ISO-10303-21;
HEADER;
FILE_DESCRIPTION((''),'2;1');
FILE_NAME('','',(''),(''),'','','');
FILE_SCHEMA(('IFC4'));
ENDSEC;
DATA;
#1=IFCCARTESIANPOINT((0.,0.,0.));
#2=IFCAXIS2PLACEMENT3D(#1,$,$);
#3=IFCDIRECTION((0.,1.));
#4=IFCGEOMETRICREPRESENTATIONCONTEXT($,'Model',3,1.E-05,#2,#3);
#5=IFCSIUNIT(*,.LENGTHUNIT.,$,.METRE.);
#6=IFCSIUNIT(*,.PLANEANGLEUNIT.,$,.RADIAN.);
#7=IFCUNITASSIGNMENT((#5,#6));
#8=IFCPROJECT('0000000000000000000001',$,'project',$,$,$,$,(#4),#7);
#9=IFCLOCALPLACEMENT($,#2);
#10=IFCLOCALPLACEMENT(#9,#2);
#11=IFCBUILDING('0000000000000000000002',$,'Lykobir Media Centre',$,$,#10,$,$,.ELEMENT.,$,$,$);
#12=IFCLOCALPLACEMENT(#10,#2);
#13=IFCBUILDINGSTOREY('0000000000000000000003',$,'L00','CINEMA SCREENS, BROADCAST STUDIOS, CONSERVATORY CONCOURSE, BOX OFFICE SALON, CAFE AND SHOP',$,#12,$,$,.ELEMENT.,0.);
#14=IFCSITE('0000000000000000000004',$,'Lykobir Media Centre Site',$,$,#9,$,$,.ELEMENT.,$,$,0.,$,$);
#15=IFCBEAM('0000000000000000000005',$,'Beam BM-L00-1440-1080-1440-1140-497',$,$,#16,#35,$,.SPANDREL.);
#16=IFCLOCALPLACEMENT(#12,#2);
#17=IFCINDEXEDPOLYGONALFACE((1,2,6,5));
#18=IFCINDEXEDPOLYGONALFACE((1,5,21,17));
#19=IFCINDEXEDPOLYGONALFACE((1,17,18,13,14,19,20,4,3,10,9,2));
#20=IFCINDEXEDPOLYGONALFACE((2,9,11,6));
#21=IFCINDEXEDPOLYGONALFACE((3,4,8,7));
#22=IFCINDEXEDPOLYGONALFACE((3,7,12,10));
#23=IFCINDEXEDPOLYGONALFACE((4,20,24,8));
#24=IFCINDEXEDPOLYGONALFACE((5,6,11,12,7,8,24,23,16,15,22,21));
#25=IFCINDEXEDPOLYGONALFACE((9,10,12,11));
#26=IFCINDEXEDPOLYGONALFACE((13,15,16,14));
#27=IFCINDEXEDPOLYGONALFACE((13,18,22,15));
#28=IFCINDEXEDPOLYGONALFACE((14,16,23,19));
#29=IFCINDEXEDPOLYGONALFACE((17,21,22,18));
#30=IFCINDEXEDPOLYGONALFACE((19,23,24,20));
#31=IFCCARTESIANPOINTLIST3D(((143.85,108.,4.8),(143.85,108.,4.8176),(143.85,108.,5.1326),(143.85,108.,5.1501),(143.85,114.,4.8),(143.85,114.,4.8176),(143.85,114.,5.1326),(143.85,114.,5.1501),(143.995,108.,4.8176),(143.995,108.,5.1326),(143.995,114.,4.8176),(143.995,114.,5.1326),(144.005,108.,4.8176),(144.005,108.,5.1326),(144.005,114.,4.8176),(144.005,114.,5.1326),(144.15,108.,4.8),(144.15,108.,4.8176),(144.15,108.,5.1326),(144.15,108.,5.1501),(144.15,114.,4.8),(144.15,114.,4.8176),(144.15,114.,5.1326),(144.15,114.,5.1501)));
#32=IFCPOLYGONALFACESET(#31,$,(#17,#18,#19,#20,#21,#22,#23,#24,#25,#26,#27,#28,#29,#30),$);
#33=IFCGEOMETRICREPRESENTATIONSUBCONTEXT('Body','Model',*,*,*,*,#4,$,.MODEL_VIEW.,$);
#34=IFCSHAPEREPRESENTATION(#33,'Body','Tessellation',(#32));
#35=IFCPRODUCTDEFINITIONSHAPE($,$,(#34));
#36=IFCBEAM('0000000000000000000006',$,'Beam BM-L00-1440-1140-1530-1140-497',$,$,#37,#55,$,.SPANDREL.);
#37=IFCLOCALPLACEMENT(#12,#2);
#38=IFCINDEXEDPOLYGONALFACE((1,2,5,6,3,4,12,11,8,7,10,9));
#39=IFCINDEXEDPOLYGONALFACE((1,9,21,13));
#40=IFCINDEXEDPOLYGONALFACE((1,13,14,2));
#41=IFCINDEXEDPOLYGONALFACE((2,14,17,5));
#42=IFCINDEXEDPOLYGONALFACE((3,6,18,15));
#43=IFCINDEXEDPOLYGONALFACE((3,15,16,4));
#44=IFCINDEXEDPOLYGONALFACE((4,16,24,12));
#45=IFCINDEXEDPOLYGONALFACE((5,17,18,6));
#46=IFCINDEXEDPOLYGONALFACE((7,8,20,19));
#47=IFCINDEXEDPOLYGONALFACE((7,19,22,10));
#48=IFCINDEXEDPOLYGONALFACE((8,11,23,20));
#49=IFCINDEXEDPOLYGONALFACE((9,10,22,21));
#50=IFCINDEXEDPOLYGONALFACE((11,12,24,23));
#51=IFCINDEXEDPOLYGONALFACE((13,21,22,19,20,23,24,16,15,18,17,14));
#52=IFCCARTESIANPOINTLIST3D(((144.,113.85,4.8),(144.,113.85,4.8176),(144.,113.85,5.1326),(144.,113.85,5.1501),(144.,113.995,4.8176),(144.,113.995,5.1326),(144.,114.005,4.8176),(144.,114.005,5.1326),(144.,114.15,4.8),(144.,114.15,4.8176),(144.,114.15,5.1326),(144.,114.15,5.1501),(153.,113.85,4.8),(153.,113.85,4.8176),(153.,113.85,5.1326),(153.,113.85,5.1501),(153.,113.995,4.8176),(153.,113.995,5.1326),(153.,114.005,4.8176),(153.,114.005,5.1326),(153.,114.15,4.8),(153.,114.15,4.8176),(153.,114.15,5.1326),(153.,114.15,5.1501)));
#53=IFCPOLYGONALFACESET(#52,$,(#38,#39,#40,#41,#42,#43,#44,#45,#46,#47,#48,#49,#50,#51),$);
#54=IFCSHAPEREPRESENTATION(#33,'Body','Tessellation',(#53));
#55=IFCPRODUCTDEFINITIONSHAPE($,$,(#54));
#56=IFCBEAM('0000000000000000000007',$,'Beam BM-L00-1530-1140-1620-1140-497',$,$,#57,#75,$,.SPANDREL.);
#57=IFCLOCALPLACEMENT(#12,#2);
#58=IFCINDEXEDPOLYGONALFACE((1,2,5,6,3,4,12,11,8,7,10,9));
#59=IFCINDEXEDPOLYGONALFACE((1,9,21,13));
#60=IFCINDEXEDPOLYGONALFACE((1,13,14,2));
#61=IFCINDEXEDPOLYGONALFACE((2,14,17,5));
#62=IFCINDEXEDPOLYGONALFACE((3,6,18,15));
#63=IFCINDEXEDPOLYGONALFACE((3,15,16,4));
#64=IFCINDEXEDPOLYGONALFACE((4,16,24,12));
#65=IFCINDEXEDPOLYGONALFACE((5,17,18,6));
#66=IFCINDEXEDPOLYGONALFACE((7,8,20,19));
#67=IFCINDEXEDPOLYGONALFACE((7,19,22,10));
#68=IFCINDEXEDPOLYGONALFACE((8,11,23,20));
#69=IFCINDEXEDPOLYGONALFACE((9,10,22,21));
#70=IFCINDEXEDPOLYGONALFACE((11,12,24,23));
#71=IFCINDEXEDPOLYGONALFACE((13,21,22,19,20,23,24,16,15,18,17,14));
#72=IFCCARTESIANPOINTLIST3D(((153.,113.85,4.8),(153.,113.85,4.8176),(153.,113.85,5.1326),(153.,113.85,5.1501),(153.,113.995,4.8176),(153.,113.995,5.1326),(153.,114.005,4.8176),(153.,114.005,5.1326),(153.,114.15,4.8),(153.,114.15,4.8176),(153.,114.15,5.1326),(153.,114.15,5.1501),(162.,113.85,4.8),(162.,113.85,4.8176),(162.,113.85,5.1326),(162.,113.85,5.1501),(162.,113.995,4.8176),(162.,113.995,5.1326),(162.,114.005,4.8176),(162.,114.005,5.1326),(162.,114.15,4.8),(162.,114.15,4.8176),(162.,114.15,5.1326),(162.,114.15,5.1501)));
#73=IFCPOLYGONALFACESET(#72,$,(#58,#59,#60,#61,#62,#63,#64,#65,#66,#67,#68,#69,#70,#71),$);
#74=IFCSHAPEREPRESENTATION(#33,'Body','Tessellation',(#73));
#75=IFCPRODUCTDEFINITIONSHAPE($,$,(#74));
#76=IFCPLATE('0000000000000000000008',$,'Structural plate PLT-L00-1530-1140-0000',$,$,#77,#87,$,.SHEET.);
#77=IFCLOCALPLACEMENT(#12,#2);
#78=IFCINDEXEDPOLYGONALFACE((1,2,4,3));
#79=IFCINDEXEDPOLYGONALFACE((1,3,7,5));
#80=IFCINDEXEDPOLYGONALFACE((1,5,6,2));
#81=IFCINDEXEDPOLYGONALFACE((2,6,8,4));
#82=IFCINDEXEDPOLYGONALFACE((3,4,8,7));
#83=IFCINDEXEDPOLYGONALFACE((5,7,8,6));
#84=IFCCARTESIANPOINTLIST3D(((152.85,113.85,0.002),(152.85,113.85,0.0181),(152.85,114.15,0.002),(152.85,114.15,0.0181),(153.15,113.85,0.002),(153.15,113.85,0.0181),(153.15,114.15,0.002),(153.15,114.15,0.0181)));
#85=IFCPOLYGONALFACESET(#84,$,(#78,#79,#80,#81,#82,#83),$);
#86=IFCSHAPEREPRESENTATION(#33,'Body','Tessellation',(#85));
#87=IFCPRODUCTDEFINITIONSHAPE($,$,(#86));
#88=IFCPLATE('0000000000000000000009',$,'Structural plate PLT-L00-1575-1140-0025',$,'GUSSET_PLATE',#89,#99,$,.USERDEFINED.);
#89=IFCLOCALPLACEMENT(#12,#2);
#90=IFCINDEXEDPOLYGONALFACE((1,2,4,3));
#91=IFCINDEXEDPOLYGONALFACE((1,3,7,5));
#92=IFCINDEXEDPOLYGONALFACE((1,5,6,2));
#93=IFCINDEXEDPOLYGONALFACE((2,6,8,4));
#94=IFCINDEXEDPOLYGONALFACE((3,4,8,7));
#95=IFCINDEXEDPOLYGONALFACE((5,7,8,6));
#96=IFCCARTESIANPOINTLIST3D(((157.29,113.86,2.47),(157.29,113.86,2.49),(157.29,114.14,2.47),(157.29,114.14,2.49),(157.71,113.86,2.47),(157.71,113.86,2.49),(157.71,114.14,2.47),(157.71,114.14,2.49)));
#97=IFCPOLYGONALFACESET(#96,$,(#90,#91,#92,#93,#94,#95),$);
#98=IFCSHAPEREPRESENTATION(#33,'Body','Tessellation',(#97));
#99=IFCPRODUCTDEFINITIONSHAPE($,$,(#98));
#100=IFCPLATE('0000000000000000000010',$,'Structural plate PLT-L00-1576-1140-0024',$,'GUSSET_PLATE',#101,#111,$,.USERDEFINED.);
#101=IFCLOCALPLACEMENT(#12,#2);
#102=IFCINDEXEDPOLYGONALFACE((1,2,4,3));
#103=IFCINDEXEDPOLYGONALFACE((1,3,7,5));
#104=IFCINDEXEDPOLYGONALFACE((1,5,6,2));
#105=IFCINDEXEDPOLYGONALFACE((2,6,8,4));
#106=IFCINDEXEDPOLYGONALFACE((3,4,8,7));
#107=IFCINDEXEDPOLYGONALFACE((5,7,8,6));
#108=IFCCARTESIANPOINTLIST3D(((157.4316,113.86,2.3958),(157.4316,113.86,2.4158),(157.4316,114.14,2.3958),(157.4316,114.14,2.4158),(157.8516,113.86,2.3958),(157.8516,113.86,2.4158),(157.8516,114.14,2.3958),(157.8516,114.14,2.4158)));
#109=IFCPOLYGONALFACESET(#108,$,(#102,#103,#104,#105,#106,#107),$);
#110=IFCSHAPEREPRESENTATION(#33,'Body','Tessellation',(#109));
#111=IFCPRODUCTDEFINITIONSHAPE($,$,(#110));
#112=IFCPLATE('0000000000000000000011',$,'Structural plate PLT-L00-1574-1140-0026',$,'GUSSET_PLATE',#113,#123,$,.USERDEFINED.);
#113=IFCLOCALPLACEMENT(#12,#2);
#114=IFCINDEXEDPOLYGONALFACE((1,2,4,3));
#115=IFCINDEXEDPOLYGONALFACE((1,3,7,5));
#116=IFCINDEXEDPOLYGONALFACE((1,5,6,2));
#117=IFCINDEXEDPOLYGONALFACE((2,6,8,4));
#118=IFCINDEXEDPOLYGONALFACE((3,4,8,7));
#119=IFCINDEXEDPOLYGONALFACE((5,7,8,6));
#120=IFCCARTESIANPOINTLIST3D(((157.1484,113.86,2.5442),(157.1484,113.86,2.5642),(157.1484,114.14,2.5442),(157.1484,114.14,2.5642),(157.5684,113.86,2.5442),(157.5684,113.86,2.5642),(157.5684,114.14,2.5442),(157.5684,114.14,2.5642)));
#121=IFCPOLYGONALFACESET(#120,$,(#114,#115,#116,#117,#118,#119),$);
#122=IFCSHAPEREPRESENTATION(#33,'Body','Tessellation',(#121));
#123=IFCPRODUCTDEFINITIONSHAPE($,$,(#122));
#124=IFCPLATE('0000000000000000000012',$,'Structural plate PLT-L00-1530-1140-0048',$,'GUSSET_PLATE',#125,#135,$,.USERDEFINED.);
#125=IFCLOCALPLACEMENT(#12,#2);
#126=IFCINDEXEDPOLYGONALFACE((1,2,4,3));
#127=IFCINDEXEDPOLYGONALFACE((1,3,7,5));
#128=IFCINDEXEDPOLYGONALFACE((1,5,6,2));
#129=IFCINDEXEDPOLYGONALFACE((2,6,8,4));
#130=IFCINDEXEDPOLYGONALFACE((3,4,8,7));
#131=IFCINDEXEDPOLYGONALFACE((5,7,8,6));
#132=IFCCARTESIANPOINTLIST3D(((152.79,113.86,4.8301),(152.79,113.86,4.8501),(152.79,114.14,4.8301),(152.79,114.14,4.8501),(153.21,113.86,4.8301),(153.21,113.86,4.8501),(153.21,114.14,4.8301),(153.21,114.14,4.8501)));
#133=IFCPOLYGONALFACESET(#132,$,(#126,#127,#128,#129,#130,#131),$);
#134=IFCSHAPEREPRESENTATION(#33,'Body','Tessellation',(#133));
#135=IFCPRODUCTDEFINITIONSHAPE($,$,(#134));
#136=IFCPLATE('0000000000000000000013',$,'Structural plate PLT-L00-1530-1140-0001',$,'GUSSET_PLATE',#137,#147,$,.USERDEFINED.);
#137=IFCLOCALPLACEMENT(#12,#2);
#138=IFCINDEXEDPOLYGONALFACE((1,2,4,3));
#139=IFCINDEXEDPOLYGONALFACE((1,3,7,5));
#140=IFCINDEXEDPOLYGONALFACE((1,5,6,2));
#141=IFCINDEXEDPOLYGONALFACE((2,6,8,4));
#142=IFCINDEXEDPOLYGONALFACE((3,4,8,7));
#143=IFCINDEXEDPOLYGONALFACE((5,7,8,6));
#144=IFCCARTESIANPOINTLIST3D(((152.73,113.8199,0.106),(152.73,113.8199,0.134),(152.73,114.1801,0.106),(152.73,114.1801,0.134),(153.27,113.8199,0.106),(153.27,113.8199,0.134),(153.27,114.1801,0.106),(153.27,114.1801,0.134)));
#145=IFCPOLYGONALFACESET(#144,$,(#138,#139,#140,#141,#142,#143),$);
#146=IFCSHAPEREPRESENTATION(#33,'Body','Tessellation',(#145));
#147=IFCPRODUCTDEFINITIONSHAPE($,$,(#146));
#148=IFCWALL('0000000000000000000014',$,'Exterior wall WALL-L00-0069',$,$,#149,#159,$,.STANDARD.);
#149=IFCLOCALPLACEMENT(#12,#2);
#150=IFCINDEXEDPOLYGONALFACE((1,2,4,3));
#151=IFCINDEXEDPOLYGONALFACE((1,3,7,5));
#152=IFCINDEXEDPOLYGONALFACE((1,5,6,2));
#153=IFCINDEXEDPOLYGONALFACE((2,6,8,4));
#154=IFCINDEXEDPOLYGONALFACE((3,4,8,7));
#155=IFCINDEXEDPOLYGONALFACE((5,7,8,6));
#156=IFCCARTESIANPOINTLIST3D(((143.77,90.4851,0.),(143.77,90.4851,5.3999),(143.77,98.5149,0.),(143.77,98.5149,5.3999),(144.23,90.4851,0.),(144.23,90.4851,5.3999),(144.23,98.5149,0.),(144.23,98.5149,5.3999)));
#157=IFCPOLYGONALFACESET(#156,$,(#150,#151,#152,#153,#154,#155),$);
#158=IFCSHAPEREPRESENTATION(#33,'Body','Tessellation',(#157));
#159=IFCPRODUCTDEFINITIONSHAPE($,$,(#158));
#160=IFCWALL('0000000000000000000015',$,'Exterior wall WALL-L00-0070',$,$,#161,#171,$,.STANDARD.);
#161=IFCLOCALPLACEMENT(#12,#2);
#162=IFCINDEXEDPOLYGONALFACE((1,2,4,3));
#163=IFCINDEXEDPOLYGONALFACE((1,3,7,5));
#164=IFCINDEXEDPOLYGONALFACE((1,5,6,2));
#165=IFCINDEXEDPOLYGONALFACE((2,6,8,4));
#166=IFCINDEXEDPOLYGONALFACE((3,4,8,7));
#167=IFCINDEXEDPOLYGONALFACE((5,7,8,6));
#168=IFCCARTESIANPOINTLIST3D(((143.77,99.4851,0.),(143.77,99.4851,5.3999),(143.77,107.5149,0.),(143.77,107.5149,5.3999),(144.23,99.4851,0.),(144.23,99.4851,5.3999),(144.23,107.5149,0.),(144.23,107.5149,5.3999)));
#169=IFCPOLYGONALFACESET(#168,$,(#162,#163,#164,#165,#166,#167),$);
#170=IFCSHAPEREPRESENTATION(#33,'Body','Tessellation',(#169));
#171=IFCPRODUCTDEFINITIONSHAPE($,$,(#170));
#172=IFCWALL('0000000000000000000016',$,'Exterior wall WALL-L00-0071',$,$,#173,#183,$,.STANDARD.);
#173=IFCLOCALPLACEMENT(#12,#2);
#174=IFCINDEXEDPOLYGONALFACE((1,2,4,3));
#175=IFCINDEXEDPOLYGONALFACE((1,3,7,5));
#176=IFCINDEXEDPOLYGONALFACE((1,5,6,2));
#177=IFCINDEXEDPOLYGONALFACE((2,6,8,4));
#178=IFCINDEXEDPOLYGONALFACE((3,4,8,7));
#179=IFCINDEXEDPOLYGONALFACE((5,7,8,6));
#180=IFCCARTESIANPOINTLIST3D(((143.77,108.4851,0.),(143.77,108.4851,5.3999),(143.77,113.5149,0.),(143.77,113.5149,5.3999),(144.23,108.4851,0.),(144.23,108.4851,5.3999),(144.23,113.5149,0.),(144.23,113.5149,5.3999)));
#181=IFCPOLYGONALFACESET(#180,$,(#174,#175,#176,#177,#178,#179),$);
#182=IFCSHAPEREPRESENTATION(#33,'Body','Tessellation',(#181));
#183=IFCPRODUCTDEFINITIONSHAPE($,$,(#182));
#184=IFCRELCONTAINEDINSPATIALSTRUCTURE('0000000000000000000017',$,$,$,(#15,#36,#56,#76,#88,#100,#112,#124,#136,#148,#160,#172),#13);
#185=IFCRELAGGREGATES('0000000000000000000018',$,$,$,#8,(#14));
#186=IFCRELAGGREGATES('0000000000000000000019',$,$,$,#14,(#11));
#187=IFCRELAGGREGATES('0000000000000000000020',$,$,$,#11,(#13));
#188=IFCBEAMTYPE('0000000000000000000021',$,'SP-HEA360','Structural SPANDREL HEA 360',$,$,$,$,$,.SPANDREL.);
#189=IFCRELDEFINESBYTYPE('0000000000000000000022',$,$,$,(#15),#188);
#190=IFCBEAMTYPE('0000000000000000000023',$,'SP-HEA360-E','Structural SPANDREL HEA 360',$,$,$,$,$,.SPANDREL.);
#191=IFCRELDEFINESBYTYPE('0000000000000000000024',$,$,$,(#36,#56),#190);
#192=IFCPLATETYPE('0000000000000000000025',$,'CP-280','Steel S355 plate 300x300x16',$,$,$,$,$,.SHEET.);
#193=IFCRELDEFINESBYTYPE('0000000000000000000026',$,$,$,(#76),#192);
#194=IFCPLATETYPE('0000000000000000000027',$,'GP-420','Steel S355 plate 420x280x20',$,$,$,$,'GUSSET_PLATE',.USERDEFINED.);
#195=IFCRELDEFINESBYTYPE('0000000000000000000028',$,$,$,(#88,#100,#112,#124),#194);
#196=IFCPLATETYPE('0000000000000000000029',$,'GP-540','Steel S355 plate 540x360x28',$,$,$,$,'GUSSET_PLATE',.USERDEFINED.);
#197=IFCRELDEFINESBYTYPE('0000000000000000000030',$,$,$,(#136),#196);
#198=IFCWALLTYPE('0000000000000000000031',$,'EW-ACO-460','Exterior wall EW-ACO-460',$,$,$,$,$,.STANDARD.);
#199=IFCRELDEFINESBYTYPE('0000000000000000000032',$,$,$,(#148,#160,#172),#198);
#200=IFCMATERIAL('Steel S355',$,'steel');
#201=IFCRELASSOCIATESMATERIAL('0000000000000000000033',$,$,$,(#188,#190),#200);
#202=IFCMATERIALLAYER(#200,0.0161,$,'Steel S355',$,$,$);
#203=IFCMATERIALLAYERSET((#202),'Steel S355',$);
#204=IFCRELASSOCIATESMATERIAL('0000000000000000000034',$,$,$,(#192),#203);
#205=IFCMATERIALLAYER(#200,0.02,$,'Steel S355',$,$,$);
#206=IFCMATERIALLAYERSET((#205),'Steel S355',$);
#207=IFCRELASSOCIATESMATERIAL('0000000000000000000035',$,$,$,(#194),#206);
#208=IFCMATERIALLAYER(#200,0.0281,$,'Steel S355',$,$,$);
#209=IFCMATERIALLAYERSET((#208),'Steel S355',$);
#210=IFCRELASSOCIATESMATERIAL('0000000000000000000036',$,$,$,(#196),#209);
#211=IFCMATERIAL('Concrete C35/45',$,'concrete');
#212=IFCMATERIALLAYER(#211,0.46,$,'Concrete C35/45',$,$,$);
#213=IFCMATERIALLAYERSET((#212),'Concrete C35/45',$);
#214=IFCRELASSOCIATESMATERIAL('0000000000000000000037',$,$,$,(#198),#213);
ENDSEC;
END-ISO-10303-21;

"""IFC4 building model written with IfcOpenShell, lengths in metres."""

from ifc_helpers import new_model, si_unit, direction, frame, frame_2d, origin, origin_2d, place, context, subcontext, project, spatial, rectangle, i_section, extrude, material, layer, layer_set, material_profile, profile_set, type_object, element, save


model = new_model("IFC4")

# Units and contexts
model_context = context("Model", 3, precision=1e-05, world=origin(), true_north=direction((0.0, 1.0)))
body_context = subcontext(model_context, "Body", "Model", "MODEL_VIEW")
ifc_project = project(units=[si_unit("LENGTHUNIT", "METRE"), si_unit("PLANEANGLEUNIT", "RADIAN")], contexts=[model_context])

# Site, building, storey
site_placement = place(None, origin())
site = spatial("IfcSite", under=ifc_project, at=site_placement, Name="Lykobir Media Centre Site", CompositionType="ELEMENT", RefElevation=0.0)
building_placement = place(site_placement, origin())
building = spatial("IfcBuilding", under=site, at=building_placement, Name="Lykobir Media Centre", CompositionType="ELEMENT")
storey_placement = place(building_placement, origin())
storey = spatial("IfcBuildingStorey", under=building, at=storey_placement, Name="L00", Description="CINEMA SCREENS, BROADCAST STUDIOS, CONSERVATORY CONCOURSE, BOX OFFICE SALON, CAFE AND SHOP", CompositionType="ELEMENT", Elevation=0.0)

# Shared definitions
ifc_material_1 = material(Name="Steel S355", Category="steel")

# Beams
ifc_material_profile_1 = material_profile(ifc_material_1, i_section(OverallWidth=0.3, OverallDepth=0.3501, WebThickness=0.01, FlangeThickness=0.0176, at=origin_2d()), Name="HEA 360")
ifc_profile_set_1 = profile_set([ifc_material_profile_1], Name="Steel S355")
beam_type_1 = type_object("IfcBeamType", Name="SP-HEA360", Description="Structural SPANDREL HEA 360", PredefinedType="SPANDREL", material=ifc_profile_set_1)
beam_1_placement = place(storey_placement, frame((144.0, 108.0, 4.9751), z_axis=(0.0, 1.0, 0.0), x_axis=(-1.0, 0.0, 0.0)))
element("IfcBeam", 1, at=beam_1_placement, inside=storey, type_object=beam_type_1, Name="Beam BM-L00-1440-1080-1440-1140-497", PredefinedType="SPANDREL", context=body_context, shape_type="SweptSolid", body=[
    extrude(i_section(OverallWidth=0.3, OverallDepth=0.3501, WebThickness=0.01, FlangeThickness=0.0176, at=origin_2d()), origin(), (0.0, 0.0, 1.0), 6.0),
])
ifc_material_profile_2 = material_profile(ifc_material_1, i_section(OverallWidth=0.3, OverallDepth=0.3501, WebThickness=0.01, FlangeThickness=0.0176, at=origin_2d()), Name="HEA 360")
ifc_profile_set_2 = profile_set([ifc_material_profile_2], Name="Steel S355")
beam_type_2 = type_object("IfcBeamType", Name="SP-HEA360-E", Description="Structural SPANDREL HEA 360", PredefinedType="SPANDREL", material=ifc_profile_set_2)
for number, where, z_axis, x_axis, name in (
    (2, (144.0, 114.0, 4.9751), (1.0, 0.0, 0.0), (0.0, 1.0, 0.0), "Beam BM-L00-1440-1140-1530-1140-497"),
    (3, (153.0, 114.0, 4.9751), (1.0, 0.0, 0.0), (0.0, 1.0, 0.0), "Beam BM-L00-1530-1140-1620-1140-497"),
):
    element("IfcBeam", number, at=place(storey_placement, frame(where, z_axis=z_axis, x_axis=x_axis)), inside=storey, type_object=beam_type_2, Name=name, PredefinedType="SPANDREL", context=body_context, shape_type="SweptSolid", body=[
        extrude(i_section(OverallWidth=0.3, OverallDepth=0.3501, WebThickness=0.01, FlangeThickness=0.0176, at=origin_2d()), origin(), (0.0, 0.0, 1.0), 9.0),
    ])

# Plates
ifc_layer_1 = layer(ifc_material_1, 0.0161, Name="Steel S355")
ifc_layer_set_1 = layer_set([ifc_layer_1], Name="Steel S355")
plate_type_1 = type_object("IfcPlateType", Name="CP-280", Description="Steel S355 plate 300x300x16", PredefinedType="SHEET", material=ifc_layer_set_1)
plate_1_placement = place(storey_placement, frame((153.0, 114.0, 0.002), z_axis=(0.0, 0.0, 1.0), x_axis=(1.0, 0.0, 0.0)))
element("IfcPlate", 4, at=plate_1_placement, inside=storey, type_object=plate_type_1, Name="Structural plate PLT-L00-1530-1140-0000", PredefinedType="SHEET", context=body_context, shape_type="SweptSolid", body=[
    extrude(rectangle(XDim=0.3, YDim=0.3, at=origin_2d()), origin(), (0.0, 0.0, 1.0), 0.0161),
])
ifc_layer_2 = layer(ifc_material_1, 0.02, Name="Steel S355")
ifc_layer_set_2 = layer_set([ifc_layer_2], Name="Steel S355")
plate_type_2 = type_object("IfcPlateType", Name="GP-420", Description="Steel S355 plate 420x280x20", ElementType="GUSSET_PLATE", PredefinedType="USERDEFINED", material=ifc_layer_set_2)
for number, where, z_axis, x_axis, name in (
    (5, (157.5, 114.0, 2.47), (0.0, 0.0, 1.0), (1.0, 0.0, 0.0), "Structural plate PLT-L00-1575-1140-0025"),
    (6, (157.6416, 114.0, 2.3958), (0.0, 0.0, 1.0), (1.0, 0.0, 0.0), "Structural plate PLT-L00-1576-1140-0024"),
    (7, (157.3584, 114.0, 2.5442), (0.0, 0.0, 1.0), (1.0, 0.0, 0.0), "Structural plate PLT-L00-1574-1140-0026"),
    (8, (153.0, 114.0, 4.8301), (0.0, 0.0, 1.0), (1.0, 0.0, 0.0), "Structural plate PLT-L00-1530-1140-0048"),
):
    element("IfcPlate", number, at=place(storey_placement, frame(where, z_axis=z_axis, x_axis=x_axis)), inside=storey, type_object=plate_type_2, Name=name, ObjectType="GUSSET_PLATE", PredefinedType="USERDEFINED", context=body_context, shape_type="SweptSolid", body=[
        extrude(rectangle(XDim=0.4199, YDim=0.28, at=origin_2d()), origin(), (0.0, 0.0, 1.0), 0.02),
    ])
ifc_layer_3 = layer(ifc_material_1, 0.0281, Name="Steel S355")
ifc_layer_set_3 = layer_set([ifc_layer_3], Name="Steel S355")
plate_type_3 = type_object("IfcPlateType", Name="GP-540", Description="Steel S355 plate 540x360x28", ElementType="GUSSET_PLATE", PredefinedType="USERDEFINED", material=ifc_layer_set_3)
plate_2_placement = place(storey_placement, frame((153.0, 114.0, 0.106), z_axis=(0.0, 0.0, 1.0), x_axis=(1.0, 0.0, 0.0)))
element("IfcPlate", 9, at=plate_2_placement, inside=storey, type_object=plate_type_3, Name="Structural plate PLT-L00-1530-1140-0001", ObjectType="GUSSET_PLATE", PredefinedType="USERDEFINED", context=body_context, shape_type="SweptSolid", body=[
    extrude(rectangle(XDim=0.54, YDim=0.3601, at=origin_2d()), origin(), (0.0, 0.0, 1.0), 0.0281),
])

# Shared definitions
ifc_material_2 = material(Name="Concrete C35/45", Category="concrete")
ifc_layer_4 = layer(ifc_material_2, 0.46, Name="Concrete C35/45")
ifc_layer_set_4 = layer_set([ifc_layer_4], Name="Concrete C35/45")
wall_type_1 = type_object("IfcWallType", Name="EW-ACO-460", Description="Exterior wall EW-ACO-460", PredefinedType="STANDARD", material=ifc_layer_set_4)

# Walls
for number, where, z_axis, x_axis, name in (
    (10, (144.0, 98.5149, 0.0), (0.0, 0.0, 1.0), (0.0, -1.0, 0.0), "Exterior wall WALL-L00-0069"),
    (11, (144.0, 107.5149, 0.0), (0.0, 0.0, 1.0), (0.0, -1.0, 0.0), "Exterior wall WALL-L00-0070"),
):
    element("IfcWall", number, at=place(storey_placement, frame(where, z_axis=z_axis, x_axis=x_axis)), inside=storey, type_object=wall_type_1, Name=name, PredefinedType="STANDARD", context=body_context, shape_type="SweptSolid", body=[
        extrude(rectangle(XDim=8.0298, YDim=0.46, at=frame_2d((4.0149, 0.0))), origin(), (0.0, 0.0, 1.0), 5.3999),
    ])
wall_1_placement = place(storey_placement, frame((144.0, 113.5149, 0.0), z_axis=(0.0, 0.0, 1.0), x_axis=(0.0, -1.0, 0.0)))
element("IfcWall", 12, at=wall_1_placement, inside=storey, type_object=wall_type_1, Name="Exterior wall WALL-L00-0071", PredefinedType="STANDARD", context=body_context, shape_type="SweptSolid", body=[
    extrude(rectangle(XDim=5.0298, YDim=0.46, at=frame_2d((2.5149, 0.0))), origin(), (0.0, 0.0, 1.0), 5.3999),
])

save(model, "model.ifc")
